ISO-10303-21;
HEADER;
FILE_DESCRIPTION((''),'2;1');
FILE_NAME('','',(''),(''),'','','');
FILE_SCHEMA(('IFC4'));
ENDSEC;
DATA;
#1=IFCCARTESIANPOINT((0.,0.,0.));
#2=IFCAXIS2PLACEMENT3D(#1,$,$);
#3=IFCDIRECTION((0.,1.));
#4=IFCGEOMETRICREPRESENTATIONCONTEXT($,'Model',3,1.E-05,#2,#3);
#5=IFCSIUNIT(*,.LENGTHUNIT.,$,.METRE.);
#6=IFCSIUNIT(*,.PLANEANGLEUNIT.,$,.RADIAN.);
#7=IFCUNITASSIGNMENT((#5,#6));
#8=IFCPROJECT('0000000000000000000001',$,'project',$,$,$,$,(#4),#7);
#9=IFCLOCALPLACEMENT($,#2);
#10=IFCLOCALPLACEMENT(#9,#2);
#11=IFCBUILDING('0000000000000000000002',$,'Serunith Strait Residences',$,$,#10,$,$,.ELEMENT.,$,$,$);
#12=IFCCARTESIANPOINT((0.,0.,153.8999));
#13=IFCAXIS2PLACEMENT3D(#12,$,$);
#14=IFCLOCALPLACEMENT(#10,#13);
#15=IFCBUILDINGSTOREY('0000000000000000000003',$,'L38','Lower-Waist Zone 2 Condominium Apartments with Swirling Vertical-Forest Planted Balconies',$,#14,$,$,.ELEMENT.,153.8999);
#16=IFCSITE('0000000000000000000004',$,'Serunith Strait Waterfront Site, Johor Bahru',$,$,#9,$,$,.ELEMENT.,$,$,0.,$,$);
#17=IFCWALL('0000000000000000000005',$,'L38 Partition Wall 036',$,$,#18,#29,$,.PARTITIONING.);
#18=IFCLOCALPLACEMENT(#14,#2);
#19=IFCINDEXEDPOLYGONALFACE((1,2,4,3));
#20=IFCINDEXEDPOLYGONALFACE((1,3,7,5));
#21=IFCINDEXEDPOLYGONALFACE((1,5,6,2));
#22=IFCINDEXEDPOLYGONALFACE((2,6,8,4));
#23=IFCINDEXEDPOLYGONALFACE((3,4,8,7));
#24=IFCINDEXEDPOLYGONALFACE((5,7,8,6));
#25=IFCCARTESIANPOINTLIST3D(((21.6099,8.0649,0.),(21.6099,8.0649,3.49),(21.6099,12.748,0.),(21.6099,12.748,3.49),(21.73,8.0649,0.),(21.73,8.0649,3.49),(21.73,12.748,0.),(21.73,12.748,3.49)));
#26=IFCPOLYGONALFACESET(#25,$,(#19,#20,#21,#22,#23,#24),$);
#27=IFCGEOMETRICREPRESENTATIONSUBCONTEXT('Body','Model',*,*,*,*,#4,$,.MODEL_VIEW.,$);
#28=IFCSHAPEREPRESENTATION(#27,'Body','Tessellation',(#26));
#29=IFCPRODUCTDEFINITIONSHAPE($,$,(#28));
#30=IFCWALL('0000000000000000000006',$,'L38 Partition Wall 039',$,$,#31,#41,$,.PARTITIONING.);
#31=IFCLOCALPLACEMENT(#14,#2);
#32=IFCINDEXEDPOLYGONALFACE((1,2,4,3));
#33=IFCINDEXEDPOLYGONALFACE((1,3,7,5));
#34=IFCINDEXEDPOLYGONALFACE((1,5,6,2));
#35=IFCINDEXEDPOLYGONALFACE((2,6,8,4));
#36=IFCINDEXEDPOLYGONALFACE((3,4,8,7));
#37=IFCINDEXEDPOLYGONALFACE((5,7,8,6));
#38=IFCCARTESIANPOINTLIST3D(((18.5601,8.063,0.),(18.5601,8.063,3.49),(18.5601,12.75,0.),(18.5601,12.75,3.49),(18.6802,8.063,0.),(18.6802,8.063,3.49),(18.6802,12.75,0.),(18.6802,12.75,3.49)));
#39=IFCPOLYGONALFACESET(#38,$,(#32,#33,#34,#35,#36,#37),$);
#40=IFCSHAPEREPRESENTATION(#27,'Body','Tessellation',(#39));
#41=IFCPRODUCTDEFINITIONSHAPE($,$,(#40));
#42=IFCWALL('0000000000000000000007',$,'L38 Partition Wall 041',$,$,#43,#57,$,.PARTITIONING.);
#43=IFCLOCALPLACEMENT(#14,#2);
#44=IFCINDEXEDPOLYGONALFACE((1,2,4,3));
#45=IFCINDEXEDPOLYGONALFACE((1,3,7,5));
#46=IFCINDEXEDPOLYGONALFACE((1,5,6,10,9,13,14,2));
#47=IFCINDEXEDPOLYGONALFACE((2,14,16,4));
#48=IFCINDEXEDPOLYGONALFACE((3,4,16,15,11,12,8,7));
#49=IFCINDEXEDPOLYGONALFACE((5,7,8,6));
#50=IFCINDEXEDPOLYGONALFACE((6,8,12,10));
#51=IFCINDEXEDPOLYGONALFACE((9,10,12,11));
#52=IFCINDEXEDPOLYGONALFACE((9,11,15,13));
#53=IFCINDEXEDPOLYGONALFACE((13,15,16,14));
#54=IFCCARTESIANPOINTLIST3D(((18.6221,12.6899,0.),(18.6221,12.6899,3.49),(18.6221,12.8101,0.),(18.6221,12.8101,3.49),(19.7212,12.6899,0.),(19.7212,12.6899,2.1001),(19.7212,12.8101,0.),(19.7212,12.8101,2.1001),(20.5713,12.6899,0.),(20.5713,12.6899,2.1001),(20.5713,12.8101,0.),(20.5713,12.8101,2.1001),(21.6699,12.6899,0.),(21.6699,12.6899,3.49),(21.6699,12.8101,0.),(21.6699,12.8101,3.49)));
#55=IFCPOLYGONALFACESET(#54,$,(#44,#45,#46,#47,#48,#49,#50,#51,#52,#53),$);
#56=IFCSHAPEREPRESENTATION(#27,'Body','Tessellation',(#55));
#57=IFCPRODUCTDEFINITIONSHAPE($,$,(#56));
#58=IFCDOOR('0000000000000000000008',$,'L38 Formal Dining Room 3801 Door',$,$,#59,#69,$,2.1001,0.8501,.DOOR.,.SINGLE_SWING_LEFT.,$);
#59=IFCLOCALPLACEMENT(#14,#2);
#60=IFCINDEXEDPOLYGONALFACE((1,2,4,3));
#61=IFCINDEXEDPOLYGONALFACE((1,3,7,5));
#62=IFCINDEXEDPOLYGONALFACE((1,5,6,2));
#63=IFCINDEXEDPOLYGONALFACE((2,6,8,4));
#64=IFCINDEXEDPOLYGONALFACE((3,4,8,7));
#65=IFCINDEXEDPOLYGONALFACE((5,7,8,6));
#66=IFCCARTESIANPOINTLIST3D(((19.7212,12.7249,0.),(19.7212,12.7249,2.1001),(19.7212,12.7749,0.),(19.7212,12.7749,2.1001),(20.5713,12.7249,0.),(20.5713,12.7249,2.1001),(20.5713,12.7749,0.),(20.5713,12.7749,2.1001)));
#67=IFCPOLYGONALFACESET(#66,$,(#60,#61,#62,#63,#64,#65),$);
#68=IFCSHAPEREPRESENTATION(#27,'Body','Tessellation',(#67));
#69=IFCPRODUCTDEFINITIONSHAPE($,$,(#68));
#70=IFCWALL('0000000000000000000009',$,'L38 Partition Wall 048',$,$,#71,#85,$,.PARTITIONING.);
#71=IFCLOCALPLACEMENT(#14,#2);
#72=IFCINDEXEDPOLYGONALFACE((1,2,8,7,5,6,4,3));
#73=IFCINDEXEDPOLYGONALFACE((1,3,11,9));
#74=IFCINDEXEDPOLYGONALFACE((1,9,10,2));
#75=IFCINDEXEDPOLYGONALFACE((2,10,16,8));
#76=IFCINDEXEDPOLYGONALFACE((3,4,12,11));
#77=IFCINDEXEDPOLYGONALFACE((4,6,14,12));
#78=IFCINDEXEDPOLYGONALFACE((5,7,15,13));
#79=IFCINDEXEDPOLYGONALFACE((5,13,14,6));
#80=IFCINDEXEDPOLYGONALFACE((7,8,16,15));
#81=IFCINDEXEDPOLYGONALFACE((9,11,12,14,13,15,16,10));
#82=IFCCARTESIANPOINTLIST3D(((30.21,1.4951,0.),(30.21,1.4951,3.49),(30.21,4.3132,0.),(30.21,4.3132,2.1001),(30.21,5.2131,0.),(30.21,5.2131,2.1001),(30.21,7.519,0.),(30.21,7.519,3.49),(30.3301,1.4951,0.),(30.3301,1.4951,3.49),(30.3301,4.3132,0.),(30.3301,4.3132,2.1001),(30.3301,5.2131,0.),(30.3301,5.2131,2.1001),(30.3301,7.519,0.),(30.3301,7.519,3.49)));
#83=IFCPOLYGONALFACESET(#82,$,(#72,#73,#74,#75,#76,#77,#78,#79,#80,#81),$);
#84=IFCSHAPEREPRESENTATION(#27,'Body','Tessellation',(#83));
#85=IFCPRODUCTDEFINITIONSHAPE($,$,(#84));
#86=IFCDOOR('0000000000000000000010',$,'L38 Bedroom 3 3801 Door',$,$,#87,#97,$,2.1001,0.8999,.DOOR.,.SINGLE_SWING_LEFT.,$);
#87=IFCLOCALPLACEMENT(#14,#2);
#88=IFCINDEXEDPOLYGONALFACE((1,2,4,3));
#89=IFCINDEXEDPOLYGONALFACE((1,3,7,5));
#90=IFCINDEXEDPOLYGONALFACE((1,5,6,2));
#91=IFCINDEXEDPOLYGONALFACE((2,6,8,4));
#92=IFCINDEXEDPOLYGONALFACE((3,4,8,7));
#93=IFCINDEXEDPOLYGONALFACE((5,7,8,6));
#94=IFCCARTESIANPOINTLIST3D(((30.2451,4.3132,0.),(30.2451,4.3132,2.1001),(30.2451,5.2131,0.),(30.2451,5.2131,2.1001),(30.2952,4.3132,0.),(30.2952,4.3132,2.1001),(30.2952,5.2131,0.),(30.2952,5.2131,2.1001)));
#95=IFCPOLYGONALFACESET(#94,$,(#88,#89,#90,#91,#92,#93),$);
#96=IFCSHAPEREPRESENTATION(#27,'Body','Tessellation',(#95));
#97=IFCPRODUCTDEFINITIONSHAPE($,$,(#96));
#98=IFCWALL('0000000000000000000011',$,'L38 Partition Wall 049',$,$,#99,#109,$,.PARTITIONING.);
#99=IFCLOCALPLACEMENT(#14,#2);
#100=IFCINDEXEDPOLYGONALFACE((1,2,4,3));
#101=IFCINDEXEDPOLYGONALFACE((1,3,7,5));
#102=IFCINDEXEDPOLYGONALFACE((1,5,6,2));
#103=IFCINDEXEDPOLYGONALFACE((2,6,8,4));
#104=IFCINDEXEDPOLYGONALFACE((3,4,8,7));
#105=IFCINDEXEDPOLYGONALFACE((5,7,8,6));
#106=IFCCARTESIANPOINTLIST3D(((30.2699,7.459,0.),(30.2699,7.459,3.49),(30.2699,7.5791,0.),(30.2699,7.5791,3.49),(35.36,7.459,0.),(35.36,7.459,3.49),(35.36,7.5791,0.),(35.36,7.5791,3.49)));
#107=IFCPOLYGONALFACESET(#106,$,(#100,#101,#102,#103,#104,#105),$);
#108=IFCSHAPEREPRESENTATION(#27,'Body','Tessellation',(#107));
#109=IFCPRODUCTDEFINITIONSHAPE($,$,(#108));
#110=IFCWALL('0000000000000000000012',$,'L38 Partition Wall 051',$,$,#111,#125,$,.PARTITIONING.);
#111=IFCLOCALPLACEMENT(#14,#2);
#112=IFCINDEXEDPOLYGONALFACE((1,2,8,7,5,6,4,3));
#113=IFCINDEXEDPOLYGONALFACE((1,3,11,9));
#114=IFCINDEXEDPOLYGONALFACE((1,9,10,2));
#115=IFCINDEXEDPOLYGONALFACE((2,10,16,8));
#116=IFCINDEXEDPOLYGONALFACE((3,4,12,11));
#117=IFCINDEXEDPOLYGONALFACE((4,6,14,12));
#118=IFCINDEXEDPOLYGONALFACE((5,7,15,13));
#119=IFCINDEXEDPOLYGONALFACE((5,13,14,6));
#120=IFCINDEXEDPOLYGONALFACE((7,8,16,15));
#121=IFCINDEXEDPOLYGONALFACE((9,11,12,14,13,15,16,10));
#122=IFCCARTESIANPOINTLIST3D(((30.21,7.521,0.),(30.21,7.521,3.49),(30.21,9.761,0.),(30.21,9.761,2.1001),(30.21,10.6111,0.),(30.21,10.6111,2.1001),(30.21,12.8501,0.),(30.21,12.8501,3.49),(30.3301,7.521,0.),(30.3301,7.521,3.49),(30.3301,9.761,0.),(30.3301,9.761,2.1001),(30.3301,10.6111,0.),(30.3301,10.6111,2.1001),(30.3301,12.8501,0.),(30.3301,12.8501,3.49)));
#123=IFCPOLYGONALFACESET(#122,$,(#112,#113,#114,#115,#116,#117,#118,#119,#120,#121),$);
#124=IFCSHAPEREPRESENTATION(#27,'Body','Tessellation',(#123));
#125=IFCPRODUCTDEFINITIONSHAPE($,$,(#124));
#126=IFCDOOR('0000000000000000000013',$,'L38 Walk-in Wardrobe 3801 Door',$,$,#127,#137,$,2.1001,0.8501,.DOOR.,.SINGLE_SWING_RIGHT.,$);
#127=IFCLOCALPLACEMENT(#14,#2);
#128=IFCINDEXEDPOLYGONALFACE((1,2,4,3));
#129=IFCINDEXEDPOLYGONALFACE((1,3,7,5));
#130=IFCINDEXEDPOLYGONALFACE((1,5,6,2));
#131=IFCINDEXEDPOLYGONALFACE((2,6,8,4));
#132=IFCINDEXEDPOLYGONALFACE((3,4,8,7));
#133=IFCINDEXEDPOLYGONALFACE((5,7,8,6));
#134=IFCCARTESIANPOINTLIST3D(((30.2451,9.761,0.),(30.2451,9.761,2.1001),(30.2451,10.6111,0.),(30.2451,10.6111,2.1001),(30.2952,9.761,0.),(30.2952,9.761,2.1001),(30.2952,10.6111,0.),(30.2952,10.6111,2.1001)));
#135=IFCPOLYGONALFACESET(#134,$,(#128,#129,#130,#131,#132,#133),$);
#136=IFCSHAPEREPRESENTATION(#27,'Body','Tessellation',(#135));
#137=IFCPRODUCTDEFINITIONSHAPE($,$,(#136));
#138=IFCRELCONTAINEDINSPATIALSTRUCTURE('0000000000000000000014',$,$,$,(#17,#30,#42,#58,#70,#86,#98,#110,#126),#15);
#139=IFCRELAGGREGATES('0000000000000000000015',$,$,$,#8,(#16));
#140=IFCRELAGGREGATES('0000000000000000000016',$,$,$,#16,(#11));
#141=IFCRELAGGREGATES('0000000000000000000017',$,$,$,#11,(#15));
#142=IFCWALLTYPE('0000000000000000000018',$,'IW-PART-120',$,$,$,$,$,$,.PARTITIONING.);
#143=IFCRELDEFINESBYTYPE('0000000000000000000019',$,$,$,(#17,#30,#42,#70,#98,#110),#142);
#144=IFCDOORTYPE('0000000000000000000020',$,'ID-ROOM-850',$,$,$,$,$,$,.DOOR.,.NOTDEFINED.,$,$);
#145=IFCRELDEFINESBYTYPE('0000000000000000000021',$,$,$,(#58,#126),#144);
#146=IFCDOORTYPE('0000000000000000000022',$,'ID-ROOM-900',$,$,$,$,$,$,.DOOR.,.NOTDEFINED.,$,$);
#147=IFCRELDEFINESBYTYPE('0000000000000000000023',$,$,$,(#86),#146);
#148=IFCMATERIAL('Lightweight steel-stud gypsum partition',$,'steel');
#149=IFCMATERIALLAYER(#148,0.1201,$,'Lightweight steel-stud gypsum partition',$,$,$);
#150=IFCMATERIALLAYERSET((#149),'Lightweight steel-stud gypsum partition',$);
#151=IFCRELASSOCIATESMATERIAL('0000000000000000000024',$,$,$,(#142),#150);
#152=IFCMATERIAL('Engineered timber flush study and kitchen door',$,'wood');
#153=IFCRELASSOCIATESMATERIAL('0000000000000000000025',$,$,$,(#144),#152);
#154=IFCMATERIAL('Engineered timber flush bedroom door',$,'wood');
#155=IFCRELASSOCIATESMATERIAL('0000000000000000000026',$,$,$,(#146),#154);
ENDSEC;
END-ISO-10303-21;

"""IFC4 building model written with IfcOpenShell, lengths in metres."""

from ifc_helpers import new_model, si_unit, direction, frame, frame_2d, origin, place, context, subcontext, project, spatial, rectangle, extrude, source, transform, mapped, material, layer, layer_set, type_object, element, fill, save


model = new_model("IFC4")

# Units and contexts
model_context = context("Model", 3, precision=1e-05, world=origin(), true_north=direction((0.0, 1.0)))
body_context = subcontext(model_context, "Body", "Model", "MODEL_VIEW")
ifc_project = project(units=[si_unit("LENGTHUNIT", "METRE"), si_unit("PLANEANGLEUNIT", "RADIAN")], contexts=[model_context])

# Site, building, storey
site_placement = place(None, origin())
site = spatial("IfcSite", under=ifc_project, at=site_placement, Name="Serunith Strait Waterfront Site, Johor Bahru", CompositionType="ELEMENT", RefElevation=0.0)
building_placement = place(site_placement, origin())
building = spatial("IfcBuilding", under=site, at=building_placement, Name="Serunith Strait Residences", CompositionType="ELEMENT")
storey_placement = place(building_placement, frame((0.0, 0.0, 153.8999)))
storey = spatial("IfcBuildingStorey", under=building, at=storey_placement, Name="L38", Description="Lower-Waist Zone 2 Condominium Apartments with Swirling Vertical-Forest Planted Balconies", CompositionType="ELEMENT", Elevation=153.8999)

# Shared definitions
ifc_material_1 = material(Name="Lightweight steel-stud gypsum partition", Category="steel")
ifc_layer_1 = layer(ifc_material_1, 0.1201, Name="Lightweight steel-stud gypsum partition")
ifc_layer_set_1 = layer_set([ifc_layer_1], Name="Lightweight steel-stud gypsum partition")
wall_type = type_object("IfcWallType", Name="IW-PART-120", PredefinedType="PARTITIONING", material=ifc_layer_set_1)
ifc_material_2 = material(Name="Engineered timber flush study and kitchen door", Category="wood")
door_type_1 = type_object("IfcDoorType", Name="ID-ROOM-850", OperationType="NOTDEFINED", PredefinedType="DOOR", material=ifc_material_2)
shared_shape_1 = source(origin(), body_context, "Body", "SweptSolid", [
    extrude(rectangle(XDim=0.8501, YDim=2.1001, at=frame_2d((0.425, 1.05))), frame((0.0, 0.0249, 0.0), z_axis=(0.0, -1.0, 0.0), x_axis=(1.0, 0.0, 0.0)), (0.0, 0.0, 1.0), 0.05),
])

# Shared definitions
ifc_material_3 = material(Name="Engineered timber flush bedroom door", Category="wood")
door_type_2 = type_object("IfcDoorType", Name="ID-ROOM-900", OperationType="NOTDEFINED", PredefinedType="DOOR", material=ifc_material_3)
shared_shape_2 = source(origin(), body_context, "Body", "SweptSolid", [
    extrude(rectangle(XDim=0.8999, YDim=2.1001, at=frame_2d((0.45, 1.05))), frame((0.0, 0.0249, 0.0), z_axis=(0.0, -1.0, 0.0), x_axis=(1.0, 0.0, 0.0)), (0.0, 0.0, 1.0), 0.05),
])

# Walls
wall_1_placement = place(storey_placement, frame((21.6699, 8.0649, 0.0), z_axis=(0.0, 0.0, 1.0), x_axis=(0.0, 1.0, 0.0)))
element("IfcWall", 1, at=wall_1_placement, inside=storey, type_object=wall_type, Name="L38 Partition Wall 036", PredefinedType="PARTITIONING", context=body_context, shape_type="SweptSolid", body=[
    extrude(rectangle(XDim=4.6831, YDim=0.1201, at=frame_2d((2.3416, 0.0))), origin(), (0.0, 0.0, 1.0), 3.49),
])
wall_2_placement = place(storey_placement, frame((18.6201, 8.063, 0.0), z_axis=(0.0, 0.0, 1.0), x_axis=(0.0, 1.0, 0.0)))
element("IfcWall", 2, at=wall_2_placement, inside=storey, type_object=wall_type, Name="L38 Partition Wall 039", PredefinedType="PARTITIONING", context=body_context, shape_type="SweptSolid", body=[
    extrude(rectangle(XDim=4.687, YDim=0.1201, at=frame_2d((2.3435, 0.0))), origin(), (0.0, 0.0, 1.0), 3.49),
])

# Walls, openings, doors
wall_3_placement = place(storey_placement, frame((18.6221, 12.75, 0.0), z_axis=(0.0, 0.0, 1.0), x_axis=(1.0, 0.0, 0.0)))
wall_3 = element("IfcWall", 3, at=wall_3_placement, inside=storey, type_object=wall_type, Name="L38 Partition Wall 041", PredefinedType="PARTITIONING", context=body_context, shape_type="SweptSolid", body=[
    extrude(rectangle(XDim=3.0479, YDim=0.1201, at=frame_2d((1.5239, 0.0))), origin(), (0.0, 0.0, 1.0), 3.49),
])
opening_1_placement = place(wall_3_placement, frame((1.0991, 0.0, 0.0)))
opening_1 = element("IfcOpeningElement", 4, at=opening_1_placement, cuts=wall_3, PredefinedType="OPENING", context=body_context, shape_type="SweptSolid", body=[
    extrude(rectangle(XDim=0.8501, YDim=2.1001, at=frame_2d((0.425, 1.05))), frame((0.0, 0.0701, 0.0), z_axis=(0.0, -1.0, 0.0), x_axis=(1.0, 0.0, 0.0)), (0.0, 0.0, 1.0), 0.1401),
])
door_1_placement = place(opening_1_placement, origin())
door_1 = element("IfcDoor", 5, at=door_1_placement, inside=storey, type_object=door_type_1, Name="L38 Formal Dining Room 3801 Door", OperationType="SINGLE_SWING_LEFT", OverallHeight=2.1001, OverallWidth=0.8501, PredefinedType="DOOR", context=body_context, shape_type="MappedRepresentation", body=[
    mapped(shared_shape_1, transform((0.0, 0.0, 0.0), scale=1.0)),
])
fill(opening_1, door_1)
wall_4_placement = place(storey_placement, frame((30.27, 1.4951, 0.0), z_axis=(0.0, 0.0, 1.0), x_axis=(0.0, 1.0, 0.0)))
wall_4 = element("IfcWall", 6, at=wall_4_placement, inside=storey, type_object=wall_type, Name="L38 Partition Wall 048", PredefinedType="PARTITIONING", context=body_context, shape_type="SweptSolid", body=[
    extrude(rectangle(XDim=6.0239, YDim=0.1201, at=frame_2d((3.012, 0.0))), origin(), (0.0, 0.0, 1.0), 3.49),
])
opening_2_placement = place(wall_4_placement, frame((2.8181, 0.0, 0.0)))
opening_2 = element("IfcOpeningElement", 7, at=opening_2_placement, cuts=wall_4, PredefinedType="OPENING", context=body_context, shape_type="SweptSolid", body=[
    extrude(rectangle(XDim=0.8999, YDim=2.1001, at=frame_2d((0.45, 1.05))), frame((0.0, 0.0701, 0.0), z_axis=(0.0, -1.0, 0.0), x_axis=(1.0, 0.0, 0.0)), (0.0, 0.0, 1.0), 0.1401),
])
door_2_placement = place(opening_2_placement, origin())
door_2 = element("IfcDoor", 8, at=door_2_placement, inside=storey, type_object=door_type_2, Name="L38 Bedroom 3 3801 Door", OperationType="SINGLE_SWING_LEFT", OverallHeight=2.1001, OverallWidth=0.8999, PredefinedType="DOOR", context=body_context, shape_type="MappedRepresentation", body=[
    mapped(shared_shape_2, transform((0.0, 0.0, 0.0), scale=1.0)),
])
fill(opening_2, door_2)

# Wall
wall_5_placement = place(storey_placement, frame((30.27, 7.519, 0.0), z_axis=(0.0, 0.0, 1.0), x_axis=(1.0, 0.0, 0.0)))
element("IfcWall", 9, at=wall_5_placement, inside=storey, type_object=wall_type, Name="L38 Partition Wall 049", PredefinedType="PARTITIONING", context=body_context, shape_type="SweptSolid", body=[
    extrude(rectangle(XDim=5.0901, YDim=0.1201, at=frame_2d((2.5449, 0.0))), origin(), (0.0, 0.0, 1.0), 3.49),
])

# Wall, opening, door
wall_6_placement = place(storey_placement, frame((30.27, 7.521, 0.0), z_axis=(0.0, 0.0, 1.0), x_axis=(0.0, 1.0, 0.0)))
wall_6 = element("IfcWall", 10, at=wall_6_placement, inside=storey, type_object=wall_type, Name="L38 Partition Wall 051", PredefinedType="PARTITIONING", context=body_context, shape_type="SweptSolid", body=[
    extrude(rectangle(XDim=5.3291, YDim=0.1201, at=frame_2d((2.6646, 0.0))), origin(), (0.0, 0.0, 1.0), 3.49),
])
opening_3_placement = place(wall_6_placement, frame((2.24, 0.0, 0.0)))
opening_3 = element("IfcOpeningElement", 11, at=opening_3_placement, cuts=wall_6, PredefinedType="OPENING", context=body_context, shape_type="SweptSolid", body=[
    extrude(rectangle(XDim=0.8501, YDim=2.1001, at=frame_2d((0.425, 1.05))), frame((0.0, 0.0701, 0.0), z_axis=(0.0, -1.0, 0.0), x_axis=(1.0, 0.0, 0.0)), (0.0, 0.0, 1.0), 0.1401),
])
door_3_placement = place(opening_3_placement, origin())
door_3 = element("IfcDoor", 12, at=door_3_placement, inside=storey, type_object=door_type_1, Name="L38 Walk-in Wardrobe 3801 Door", OperationType="SINGLE_SWING_RIGHT", OverallHeight=2.1001, OverallWidth=0.8501, PredefinedType="DOOR", context=body_context, shape_type="MappedRepresentation", body=[
    mapped(shared_shape_1, transform((0.0, 0.0, 0.0), scale=1.0)),
])
fill(opening_3, door_3)

save(model, "model.ifc")
